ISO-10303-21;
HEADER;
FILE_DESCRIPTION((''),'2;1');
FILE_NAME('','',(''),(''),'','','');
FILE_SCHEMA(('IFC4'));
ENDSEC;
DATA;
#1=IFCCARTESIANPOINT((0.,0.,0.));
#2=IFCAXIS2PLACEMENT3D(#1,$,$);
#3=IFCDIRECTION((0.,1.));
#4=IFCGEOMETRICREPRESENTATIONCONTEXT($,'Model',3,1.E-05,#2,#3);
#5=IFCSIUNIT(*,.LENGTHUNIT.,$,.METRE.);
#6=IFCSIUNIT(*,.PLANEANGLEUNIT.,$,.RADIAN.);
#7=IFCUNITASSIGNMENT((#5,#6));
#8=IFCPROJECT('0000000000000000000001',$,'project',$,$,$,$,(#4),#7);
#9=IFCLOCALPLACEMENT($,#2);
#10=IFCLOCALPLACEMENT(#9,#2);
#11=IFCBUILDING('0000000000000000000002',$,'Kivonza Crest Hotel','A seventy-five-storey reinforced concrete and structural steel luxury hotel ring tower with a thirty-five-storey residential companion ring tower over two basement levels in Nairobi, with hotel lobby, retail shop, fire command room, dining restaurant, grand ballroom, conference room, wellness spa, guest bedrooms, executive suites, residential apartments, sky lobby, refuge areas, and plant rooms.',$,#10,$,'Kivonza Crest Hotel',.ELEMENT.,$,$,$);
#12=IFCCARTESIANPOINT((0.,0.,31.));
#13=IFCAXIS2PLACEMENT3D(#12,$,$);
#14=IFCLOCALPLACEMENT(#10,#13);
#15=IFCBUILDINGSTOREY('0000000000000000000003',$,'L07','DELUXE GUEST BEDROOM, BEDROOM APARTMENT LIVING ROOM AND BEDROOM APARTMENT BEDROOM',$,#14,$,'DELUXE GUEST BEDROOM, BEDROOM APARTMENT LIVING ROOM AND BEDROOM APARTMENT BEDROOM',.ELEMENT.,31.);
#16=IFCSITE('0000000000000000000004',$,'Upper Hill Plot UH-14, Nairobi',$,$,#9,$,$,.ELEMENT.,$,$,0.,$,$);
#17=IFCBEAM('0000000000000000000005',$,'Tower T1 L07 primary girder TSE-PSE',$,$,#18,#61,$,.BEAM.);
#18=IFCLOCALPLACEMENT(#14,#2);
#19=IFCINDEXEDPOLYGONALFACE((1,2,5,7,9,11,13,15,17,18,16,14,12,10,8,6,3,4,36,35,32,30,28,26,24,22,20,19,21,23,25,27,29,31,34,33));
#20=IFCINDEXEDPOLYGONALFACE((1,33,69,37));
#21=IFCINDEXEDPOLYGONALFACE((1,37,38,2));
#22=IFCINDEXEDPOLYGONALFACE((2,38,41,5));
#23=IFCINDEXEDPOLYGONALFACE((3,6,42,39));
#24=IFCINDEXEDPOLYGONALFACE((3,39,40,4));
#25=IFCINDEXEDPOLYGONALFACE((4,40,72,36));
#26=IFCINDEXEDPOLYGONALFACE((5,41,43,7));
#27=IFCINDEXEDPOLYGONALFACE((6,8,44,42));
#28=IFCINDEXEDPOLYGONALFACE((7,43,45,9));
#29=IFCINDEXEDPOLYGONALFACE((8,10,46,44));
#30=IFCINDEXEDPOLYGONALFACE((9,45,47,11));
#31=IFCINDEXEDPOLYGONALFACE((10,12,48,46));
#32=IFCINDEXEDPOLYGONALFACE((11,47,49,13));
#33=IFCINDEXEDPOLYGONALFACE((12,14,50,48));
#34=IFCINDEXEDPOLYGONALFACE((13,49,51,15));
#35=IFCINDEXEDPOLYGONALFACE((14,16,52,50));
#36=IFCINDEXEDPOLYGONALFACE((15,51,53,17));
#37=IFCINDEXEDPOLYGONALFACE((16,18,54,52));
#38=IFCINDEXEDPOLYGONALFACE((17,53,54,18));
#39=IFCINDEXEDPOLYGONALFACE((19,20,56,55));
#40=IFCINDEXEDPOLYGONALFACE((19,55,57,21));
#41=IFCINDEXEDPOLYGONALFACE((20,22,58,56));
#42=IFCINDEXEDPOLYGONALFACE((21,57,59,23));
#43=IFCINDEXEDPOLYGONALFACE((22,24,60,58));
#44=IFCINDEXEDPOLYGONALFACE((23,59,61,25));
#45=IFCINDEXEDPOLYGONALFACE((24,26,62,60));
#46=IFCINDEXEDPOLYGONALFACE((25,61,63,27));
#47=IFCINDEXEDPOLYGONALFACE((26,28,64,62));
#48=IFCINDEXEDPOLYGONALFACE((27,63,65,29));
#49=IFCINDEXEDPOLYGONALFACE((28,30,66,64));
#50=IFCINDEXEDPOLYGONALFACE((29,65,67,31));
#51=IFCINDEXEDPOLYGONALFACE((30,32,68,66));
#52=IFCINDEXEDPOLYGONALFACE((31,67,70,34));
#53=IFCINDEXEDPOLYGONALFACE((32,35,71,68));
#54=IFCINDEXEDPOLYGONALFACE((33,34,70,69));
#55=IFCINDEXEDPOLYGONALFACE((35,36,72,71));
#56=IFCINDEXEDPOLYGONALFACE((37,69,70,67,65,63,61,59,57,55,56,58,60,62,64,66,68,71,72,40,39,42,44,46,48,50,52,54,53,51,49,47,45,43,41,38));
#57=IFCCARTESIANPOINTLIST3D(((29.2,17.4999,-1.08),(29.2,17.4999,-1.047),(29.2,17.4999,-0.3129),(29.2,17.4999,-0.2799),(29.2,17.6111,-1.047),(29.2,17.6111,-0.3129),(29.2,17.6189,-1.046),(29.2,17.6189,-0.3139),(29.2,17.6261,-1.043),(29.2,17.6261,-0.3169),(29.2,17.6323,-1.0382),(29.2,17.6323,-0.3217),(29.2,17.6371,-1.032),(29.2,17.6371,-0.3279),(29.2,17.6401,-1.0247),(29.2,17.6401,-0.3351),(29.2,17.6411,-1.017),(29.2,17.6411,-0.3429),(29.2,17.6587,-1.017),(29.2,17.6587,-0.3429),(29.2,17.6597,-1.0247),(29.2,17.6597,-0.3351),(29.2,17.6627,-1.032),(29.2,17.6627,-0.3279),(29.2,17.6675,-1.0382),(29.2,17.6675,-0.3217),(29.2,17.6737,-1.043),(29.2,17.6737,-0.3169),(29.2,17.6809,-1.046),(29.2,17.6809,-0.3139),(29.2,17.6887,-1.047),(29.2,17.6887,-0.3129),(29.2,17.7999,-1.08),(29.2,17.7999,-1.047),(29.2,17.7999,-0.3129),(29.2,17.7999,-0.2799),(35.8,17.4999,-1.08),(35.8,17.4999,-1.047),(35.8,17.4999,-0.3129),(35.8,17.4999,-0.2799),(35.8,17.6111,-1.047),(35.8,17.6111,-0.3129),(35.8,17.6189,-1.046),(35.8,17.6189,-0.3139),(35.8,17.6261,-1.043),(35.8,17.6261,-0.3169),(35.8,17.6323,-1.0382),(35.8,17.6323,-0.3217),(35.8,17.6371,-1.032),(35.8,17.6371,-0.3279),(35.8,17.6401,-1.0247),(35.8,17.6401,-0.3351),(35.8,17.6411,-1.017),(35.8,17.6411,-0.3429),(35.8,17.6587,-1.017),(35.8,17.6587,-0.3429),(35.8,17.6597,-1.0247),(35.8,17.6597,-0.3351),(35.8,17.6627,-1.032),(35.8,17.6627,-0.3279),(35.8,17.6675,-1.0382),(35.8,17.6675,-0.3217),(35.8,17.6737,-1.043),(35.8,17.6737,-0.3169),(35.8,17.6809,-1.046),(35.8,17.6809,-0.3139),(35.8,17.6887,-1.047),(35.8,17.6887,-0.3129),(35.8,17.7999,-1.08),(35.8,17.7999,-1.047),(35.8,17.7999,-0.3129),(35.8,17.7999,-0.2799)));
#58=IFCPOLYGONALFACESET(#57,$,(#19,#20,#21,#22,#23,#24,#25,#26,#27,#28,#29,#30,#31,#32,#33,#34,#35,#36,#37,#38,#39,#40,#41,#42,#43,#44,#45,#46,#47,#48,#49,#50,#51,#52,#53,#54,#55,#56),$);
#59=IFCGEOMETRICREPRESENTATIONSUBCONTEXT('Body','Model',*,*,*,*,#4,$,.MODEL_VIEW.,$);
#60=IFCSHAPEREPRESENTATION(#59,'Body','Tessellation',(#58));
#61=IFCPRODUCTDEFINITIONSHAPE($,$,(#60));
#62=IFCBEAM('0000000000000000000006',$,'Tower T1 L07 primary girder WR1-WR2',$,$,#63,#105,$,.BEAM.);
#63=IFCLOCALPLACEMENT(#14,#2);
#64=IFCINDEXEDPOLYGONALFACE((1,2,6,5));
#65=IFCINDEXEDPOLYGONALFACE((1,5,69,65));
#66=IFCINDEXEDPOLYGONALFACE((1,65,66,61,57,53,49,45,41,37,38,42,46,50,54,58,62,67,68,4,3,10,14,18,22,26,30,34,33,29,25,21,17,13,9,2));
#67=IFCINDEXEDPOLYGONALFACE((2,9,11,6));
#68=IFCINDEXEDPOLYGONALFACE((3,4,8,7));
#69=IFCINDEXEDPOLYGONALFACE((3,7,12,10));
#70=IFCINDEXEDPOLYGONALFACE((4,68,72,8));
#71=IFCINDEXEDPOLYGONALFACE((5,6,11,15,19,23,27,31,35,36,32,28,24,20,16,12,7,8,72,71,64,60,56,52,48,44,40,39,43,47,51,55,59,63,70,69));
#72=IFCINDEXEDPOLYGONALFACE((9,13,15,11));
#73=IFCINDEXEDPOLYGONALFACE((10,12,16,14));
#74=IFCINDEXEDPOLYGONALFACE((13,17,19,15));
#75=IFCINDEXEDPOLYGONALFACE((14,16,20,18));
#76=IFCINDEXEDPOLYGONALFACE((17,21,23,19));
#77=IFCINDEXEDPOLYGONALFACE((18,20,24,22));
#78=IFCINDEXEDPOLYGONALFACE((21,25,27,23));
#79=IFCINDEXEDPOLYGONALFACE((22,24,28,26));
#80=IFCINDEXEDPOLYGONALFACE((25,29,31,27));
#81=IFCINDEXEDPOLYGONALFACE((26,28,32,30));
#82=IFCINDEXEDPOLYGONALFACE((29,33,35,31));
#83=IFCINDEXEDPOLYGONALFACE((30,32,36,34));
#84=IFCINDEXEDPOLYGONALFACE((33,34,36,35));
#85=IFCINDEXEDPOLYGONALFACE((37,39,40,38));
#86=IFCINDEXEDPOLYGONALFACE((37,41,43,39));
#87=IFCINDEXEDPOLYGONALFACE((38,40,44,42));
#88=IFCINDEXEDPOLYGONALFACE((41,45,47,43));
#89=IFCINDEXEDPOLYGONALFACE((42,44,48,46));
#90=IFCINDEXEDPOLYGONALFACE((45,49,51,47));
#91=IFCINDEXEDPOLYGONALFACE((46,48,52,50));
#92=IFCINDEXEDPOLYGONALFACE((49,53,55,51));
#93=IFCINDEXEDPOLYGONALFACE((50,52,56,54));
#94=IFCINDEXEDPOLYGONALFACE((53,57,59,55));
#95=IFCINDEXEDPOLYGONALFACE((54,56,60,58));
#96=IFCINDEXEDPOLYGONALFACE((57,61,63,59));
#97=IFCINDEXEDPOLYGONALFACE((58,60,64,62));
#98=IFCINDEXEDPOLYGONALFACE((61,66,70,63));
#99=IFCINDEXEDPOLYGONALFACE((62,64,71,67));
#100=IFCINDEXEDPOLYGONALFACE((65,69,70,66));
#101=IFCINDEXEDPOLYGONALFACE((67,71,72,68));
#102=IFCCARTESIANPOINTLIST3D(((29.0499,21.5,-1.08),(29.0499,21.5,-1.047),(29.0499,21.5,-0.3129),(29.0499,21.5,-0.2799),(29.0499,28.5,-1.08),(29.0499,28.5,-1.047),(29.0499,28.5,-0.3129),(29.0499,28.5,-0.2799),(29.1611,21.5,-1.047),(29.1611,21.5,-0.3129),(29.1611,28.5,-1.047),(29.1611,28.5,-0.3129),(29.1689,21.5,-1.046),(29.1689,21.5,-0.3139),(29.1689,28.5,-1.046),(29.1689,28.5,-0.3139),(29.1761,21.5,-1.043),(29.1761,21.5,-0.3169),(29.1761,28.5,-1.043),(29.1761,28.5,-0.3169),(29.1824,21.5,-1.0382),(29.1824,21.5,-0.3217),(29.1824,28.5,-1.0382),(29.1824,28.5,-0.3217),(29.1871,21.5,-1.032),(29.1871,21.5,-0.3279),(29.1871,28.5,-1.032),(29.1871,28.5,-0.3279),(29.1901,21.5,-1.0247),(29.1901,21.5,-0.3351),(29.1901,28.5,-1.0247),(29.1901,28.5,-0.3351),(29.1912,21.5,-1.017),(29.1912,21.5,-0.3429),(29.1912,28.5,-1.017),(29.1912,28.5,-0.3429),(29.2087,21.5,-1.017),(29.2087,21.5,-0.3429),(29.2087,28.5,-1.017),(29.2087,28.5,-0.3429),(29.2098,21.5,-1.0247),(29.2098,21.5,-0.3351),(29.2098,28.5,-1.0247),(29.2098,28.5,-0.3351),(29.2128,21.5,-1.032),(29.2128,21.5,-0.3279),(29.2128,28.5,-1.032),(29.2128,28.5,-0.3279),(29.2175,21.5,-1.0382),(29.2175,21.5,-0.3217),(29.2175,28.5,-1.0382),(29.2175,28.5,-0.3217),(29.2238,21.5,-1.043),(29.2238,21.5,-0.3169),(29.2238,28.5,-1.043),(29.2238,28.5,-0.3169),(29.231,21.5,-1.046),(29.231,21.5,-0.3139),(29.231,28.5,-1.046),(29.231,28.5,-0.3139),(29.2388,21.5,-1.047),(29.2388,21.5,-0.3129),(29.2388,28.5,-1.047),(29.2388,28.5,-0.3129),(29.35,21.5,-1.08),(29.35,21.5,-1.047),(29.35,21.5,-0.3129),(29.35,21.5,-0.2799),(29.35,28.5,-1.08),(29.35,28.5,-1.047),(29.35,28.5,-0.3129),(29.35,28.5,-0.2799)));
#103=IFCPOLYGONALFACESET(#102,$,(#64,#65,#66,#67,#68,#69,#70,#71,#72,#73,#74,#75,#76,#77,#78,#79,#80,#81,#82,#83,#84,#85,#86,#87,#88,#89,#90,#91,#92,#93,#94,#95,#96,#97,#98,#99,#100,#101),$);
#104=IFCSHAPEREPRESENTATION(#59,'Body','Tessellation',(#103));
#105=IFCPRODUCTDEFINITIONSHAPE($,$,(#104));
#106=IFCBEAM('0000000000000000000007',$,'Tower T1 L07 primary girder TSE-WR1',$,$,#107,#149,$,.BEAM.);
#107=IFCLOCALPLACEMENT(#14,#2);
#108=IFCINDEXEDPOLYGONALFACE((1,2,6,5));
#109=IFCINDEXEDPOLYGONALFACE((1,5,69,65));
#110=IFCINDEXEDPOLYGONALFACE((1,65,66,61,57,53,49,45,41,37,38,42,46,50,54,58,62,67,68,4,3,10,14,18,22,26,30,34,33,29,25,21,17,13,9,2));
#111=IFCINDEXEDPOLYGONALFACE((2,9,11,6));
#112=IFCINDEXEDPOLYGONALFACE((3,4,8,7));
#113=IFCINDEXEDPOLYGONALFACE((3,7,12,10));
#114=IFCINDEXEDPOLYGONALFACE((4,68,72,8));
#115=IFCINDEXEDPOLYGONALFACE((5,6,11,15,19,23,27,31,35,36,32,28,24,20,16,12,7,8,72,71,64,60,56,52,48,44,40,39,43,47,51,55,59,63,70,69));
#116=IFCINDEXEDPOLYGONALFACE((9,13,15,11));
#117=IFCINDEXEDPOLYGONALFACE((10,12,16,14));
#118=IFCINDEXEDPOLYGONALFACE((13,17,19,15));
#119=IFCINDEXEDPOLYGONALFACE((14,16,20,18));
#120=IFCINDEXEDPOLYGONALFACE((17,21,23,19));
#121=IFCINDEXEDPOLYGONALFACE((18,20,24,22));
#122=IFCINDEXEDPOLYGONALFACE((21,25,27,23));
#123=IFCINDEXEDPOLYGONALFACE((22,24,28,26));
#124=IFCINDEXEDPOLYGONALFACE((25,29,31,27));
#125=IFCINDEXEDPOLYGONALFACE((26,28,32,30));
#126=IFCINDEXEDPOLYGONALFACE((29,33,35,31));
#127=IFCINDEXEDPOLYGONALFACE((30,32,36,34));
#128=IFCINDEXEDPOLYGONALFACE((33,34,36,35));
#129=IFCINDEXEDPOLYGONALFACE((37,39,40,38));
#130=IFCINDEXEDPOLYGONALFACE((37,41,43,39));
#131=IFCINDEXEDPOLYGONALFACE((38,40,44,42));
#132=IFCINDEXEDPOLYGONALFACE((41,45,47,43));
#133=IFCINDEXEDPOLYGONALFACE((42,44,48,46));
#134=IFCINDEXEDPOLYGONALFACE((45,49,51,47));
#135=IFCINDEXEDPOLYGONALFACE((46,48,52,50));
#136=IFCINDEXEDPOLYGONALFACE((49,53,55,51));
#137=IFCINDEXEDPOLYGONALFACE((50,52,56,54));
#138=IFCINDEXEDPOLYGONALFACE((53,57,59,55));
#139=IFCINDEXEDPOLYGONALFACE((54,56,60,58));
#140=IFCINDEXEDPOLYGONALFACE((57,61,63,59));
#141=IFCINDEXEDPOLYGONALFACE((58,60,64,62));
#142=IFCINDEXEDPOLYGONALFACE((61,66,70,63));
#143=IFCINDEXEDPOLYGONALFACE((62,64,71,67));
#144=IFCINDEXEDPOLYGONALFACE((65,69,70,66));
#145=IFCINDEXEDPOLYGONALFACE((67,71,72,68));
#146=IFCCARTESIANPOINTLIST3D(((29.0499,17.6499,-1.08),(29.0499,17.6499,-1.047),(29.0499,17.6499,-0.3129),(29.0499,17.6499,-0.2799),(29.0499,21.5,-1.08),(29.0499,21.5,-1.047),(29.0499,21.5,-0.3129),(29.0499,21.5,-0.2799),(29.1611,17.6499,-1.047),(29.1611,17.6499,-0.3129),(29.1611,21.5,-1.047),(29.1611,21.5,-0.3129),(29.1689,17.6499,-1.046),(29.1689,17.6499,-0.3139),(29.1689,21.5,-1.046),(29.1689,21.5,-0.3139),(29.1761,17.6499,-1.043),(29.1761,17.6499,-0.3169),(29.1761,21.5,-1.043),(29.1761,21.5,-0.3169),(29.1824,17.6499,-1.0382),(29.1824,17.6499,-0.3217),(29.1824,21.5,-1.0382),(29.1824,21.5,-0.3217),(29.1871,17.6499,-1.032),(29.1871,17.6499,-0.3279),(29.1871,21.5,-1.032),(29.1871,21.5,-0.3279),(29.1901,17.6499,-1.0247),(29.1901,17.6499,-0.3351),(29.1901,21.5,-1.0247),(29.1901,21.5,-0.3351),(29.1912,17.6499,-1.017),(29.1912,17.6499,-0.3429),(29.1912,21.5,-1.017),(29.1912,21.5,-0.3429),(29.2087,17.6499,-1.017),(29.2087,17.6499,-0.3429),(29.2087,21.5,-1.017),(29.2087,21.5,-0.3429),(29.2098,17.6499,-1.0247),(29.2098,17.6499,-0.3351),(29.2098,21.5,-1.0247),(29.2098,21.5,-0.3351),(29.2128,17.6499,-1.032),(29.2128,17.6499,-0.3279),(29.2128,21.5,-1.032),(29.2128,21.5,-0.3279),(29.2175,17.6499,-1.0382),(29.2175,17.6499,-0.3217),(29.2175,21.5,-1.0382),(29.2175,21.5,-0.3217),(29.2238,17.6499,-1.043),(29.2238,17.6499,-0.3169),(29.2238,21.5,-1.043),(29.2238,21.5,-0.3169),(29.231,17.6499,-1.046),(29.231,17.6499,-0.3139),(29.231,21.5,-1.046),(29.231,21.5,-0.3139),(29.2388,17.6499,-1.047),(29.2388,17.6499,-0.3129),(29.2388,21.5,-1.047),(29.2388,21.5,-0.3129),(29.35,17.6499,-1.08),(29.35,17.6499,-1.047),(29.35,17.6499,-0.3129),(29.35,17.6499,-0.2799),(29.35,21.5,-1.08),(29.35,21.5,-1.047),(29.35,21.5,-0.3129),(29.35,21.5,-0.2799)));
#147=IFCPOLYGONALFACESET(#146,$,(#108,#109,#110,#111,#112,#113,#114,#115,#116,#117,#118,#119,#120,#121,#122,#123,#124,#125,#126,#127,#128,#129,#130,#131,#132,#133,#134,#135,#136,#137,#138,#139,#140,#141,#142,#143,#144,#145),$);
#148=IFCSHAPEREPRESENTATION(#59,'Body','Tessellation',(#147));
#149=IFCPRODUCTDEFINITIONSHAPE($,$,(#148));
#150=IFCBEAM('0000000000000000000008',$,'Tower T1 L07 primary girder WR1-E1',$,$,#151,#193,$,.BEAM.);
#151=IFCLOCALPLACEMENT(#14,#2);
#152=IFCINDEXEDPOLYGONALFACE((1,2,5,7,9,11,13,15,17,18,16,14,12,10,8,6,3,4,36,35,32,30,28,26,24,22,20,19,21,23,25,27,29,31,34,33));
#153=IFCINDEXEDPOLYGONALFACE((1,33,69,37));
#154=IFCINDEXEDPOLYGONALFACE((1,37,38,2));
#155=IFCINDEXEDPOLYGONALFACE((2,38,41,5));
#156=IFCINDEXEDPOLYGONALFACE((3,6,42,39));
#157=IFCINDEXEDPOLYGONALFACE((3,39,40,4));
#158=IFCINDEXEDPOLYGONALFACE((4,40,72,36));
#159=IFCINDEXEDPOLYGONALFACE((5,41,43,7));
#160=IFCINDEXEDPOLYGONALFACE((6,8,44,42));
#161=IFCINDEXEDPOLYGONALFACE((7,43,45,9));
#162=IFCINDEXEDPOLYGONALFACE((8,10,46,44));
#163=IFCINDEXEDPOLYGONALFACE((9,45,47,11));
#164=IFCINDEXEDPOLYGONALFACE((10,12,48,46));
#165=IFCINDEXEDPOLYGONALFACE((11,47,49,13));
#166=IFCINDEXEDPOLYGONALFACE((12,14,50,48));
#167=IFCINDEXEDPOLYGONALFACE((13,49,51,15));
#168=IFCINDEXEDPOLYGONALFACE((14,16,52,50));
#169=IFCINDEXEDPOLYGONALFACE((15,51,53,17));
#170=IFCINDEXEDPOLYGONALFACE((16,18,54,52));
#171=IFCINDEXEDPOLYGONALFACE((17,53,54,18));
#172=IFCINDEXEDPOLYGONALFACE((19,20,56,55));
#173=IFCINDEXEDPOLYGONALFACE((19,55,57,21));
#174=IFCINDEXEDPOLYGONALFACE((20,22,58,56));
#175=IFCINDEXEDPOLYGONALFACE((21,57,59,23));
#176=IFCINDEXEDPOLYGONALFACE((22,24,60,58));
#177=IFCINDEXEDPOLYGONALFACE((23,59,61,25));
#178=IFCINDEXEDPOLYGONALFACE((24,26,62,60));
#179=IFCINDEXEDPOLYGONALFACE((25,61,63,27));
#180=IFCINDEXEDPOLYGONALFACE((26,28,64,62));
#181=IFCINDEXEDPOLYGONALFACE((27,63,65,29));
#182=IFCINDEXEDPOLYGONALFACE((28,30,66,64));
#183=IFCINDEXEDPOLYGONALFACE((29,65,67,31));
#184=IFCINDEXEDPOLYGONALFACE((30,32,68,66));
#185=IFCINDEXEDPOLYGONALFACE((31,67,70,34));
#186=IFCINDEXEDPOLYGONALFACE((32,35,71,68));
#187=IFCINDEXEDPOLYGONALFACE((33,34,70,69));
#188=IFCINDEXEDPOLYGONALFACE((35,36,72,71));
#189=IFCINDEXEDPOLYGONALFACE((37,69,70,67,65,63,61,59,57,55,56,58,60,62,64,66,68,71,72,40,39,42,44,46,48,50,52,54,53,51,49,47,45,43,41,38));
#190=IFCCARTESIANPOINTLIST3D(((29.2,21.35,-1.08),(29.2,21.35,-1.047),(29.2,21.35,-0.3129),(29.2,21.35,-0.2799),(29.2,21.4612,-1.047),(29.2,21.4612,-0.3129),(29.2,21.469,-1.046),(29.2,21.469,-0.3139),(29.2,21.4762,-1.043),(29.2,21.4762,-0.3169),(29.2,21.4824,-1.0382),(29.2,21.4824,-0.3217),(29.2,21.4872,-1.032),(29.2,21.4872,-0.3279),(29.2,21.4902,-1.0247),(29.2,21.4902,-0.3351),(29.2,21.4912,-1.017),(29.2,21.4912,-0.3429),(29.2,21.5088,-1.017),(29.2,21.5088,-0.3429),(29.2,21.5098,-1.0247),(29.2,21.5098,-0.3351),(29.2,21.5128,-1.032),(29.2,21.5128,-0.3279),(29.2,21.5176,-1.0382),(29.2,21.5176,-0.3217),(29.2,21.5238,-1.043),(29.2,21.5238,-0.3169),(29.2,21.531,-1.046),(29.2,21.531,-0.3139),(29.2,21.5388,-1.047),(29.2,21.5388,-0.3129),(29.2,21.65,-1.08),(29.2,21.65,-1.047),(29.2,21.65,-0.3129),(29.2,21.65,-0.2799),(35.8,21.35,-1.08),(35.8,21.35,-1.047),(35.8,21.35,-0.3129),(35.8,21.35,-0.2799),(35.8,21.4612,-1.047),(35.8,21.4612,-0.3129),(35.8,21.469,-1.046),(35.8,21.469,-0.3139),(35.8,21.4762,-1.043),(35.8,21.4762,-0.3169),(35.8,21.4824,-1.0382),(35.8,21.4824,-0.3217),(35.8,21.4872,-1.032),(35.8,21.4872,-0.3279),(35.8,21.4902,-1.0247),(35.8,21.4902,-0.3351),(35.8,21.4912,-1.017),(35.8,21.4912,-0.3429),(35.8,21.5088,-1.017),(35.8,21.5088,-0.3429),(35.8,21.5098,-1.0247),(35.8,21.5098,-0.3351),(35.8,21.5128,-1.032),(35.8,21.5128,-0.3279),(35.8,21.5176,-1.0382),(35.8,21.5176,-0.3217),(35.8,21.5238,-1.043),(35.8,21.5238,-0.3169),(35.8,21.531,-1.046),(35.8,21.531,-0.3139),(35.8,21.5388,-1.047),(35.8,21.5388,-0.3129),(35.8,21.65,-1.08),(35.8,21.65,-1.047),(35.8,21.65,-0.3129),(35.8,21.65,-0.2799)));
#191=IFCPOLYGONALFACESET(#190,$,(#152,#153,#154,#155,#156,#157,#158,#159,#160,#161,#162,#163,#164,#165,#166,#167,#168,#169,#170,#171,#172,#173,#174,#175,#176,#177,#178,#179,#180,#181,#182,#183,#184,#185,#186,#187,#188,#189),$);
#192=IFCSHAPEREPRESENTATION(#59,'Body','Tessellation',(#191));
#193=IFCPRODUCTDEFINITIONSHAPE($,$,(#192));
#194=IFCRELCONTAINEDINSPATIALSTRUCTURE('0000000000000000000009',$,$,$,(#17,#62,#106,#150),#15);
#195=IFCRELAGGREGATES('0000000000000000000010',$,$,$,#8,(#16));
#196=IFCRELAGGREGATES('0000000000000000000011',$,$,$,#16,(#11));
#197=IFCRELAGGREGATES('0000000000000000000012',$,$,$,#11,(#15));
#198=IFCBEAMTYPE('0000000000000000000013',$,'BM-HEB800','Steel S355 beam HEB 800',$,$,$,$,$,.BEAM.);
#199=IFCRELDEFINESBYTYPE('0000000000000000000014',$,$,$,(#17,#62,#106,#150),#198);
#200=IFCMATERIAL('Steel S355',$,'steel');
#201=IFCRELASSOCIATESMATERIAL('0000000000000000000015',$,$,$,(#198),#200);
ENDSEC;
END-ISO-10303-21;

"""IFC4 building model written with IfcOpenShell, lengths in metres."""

from ifc_helpers import new_model, si_unit, direction, frame, origin, origin_2d, place, context, subcontext, project, spatial, i_section, extrude, material, material_profile, profile_set, type_object, element, save


model = new_model("IFC4")

# Units and contexts
model_context = context("Model", 3, precision=1e-05, world=origin(), true_north=direction((0.0, 1.0)))
body_context = subcontext(model_context, "Body", "Model", "MODEL_VIEW")
ifc_project = project(units=[si_unit("LENGTHUNIT", "METRE"), si_unit("PLANEANGLEUNIT", "RADIAN")], contexts=[model_context])

# Site, building, storey
site_placement = place(None, origin())
site = spatial("IfcSite", under=ifc_project, at=site_placement, Name="Upper Hill Plot UH-14, Nairobi", CompositionType="ELEMENT", RefElevation=0.0)
building_placement = place(site_placement, origin())
building = spatial("IfcBuilding", under=site, at=building_placement, Name="Kivonza Crest Hotel", Description="A seventy-five-storey reinforced concrete and structural steel luxury hotel ring tower with a thirty-five-storey residential companion ring tower over two basement levels in Nairobi, with hotel lobby, retail shop, fire command room, dining restaurant, grand ballroom, conference room, wellness spa, guest bedrooms, executive suites, residential apartments, sky lobby, refuge areas, and plant rooms.", LongName="Kivonza Crest Hotel", CompositionType="ELEMENT")
storey_placement = place(building_placement, frame((0.0, 0.0, 31.0)))
storey = spatial("IfcBuildingStorey", under=building, at=storey_placement, Name="L07", Description="DELUXE GUEST BEDROOM, BEDROOM APARTMENT LIVING ROOM AND BEDROOM APARTMENT BEDROOM", LongName="DELUXE GUEST BEDROOM, BEDROOM APARTMENT LIVING ROOM AND BEDROOM APARTMENT BEDROOM", CompositionType="ELEMENT", Elevation=31.0)

# Beams
ifc_material_1 = material(Name="Steel S355", Category="steel")
ifc_material_profile_1 = material_profile(ifc_material_1, i_section(OverallWidth=0.3, OverallDepth=0.8, WebThickness=0.0176, FlangeThickness=0.033, FilletRadius=0.03, at=origin_2d()), Name="HEB 800")
ifc_profile_set_1 = profile_set([ifc_material_profile_1], Name="Steel S355")
beam_type_1 = type_object("IfcBeamType", Name="BM-HEB800", Description="Steel S355 beam HEB 800", PredefinedType="BEAM", material=ifc_profile_set_1)
beam_1_placement = place(storey_placement, frame((29.2, 17.6499, -0.6799), z_axis=(1.0, 0.0, 0.0), x_axis=(0.0, 1.0, 0.0)))
element("IfcBeam", 1, at=beam_1_placement, inside=storey, type_object=beam_type_1, Name="Tower T1 L07 primary girder TSE-PSE", PredefinedType="BEAM", context=body_context, shape_type="SweptSolid", body=[
    extrude(i_section(OverallWidth=0.3, OverallDepth=0.8, WebThickness=0.0176, FlangeThickness=0.033, FilletRadius=0.03, at=origin_2d()), origin(), (0.0, 0.0, 1.0), 6.6001),
])
beam_2_placement = place(storey_placement, frame((29.2, 21.5, -0.6799), z_axis=(0.0, 1.0, 0.0), x_axis=(-1.0, 0.0, 0.0)))
element("IfcBeam", 2, at=beam_2_placement, inside=storey, type_object=beam_type_1, Name="Tower T1 L07 primary girder WR1-WR2", PredefinedType="BEAM", context=body_context, shape_type="SweptSolid", body=[
    extrude(i_section(OverallWidth=0.3, OverallDepth=0.8, WebThickness=0.0176, FlangeThickness=0.033, FilletRadius=0.03, at=origin_2d()), origin(), (0.0, 0.0, 1.0), 7.0),
])
beam_3_placement = place(storey_placement, frame((29.2, 17.6499, -0.6799), z_axis=(0.0, 1.0, 0.0), x_axis=(-1.0, 0.0, 0.0)))
element("IfcBeam", 3, at=beam_3_placement, inside=storey, type_object=beam_type_1, Name="Tower T1 L07 primary girder TSE-WR1", PredefinedType="BEAM", context=body_context, shape_type="SweptSolid", body=[
    extrude(i_section(OverallWidth=0.3, OverallDepth=0.8, WebThickness=0.0176, FlangeThickness=0.033, FilletRadius=0.03, at=origin_2d()), origin(), (0.0, 0.0, 1.0), 3.8501),
])
beam_4_placement = place(storey_placement, frame((29.2, 21.5, -0.6799), z_axis=(1.0, 0.0, 0.0), x_axis=(0.0, 1.0, 0.0)))
element("IfcBeam", 4, at=beam_4_placement, inside=storey, type_object=beam_type_1, Name="Tower T1 L07 primary girder WR1-E1", PredefinedType="BEAM", context=body_context, shape_type="SweptSolid", body=[
    extrude(i_section(OverallWidth=0.3, OverallDepth=0.8, WebThickness=0.0176, FlangeThickness=0.033, FilletRadius=0.03, at=origin_2d()), origin(), (0.0, 0.0, 1.0), 6.6001),
])

save(model, "model.ifc")
